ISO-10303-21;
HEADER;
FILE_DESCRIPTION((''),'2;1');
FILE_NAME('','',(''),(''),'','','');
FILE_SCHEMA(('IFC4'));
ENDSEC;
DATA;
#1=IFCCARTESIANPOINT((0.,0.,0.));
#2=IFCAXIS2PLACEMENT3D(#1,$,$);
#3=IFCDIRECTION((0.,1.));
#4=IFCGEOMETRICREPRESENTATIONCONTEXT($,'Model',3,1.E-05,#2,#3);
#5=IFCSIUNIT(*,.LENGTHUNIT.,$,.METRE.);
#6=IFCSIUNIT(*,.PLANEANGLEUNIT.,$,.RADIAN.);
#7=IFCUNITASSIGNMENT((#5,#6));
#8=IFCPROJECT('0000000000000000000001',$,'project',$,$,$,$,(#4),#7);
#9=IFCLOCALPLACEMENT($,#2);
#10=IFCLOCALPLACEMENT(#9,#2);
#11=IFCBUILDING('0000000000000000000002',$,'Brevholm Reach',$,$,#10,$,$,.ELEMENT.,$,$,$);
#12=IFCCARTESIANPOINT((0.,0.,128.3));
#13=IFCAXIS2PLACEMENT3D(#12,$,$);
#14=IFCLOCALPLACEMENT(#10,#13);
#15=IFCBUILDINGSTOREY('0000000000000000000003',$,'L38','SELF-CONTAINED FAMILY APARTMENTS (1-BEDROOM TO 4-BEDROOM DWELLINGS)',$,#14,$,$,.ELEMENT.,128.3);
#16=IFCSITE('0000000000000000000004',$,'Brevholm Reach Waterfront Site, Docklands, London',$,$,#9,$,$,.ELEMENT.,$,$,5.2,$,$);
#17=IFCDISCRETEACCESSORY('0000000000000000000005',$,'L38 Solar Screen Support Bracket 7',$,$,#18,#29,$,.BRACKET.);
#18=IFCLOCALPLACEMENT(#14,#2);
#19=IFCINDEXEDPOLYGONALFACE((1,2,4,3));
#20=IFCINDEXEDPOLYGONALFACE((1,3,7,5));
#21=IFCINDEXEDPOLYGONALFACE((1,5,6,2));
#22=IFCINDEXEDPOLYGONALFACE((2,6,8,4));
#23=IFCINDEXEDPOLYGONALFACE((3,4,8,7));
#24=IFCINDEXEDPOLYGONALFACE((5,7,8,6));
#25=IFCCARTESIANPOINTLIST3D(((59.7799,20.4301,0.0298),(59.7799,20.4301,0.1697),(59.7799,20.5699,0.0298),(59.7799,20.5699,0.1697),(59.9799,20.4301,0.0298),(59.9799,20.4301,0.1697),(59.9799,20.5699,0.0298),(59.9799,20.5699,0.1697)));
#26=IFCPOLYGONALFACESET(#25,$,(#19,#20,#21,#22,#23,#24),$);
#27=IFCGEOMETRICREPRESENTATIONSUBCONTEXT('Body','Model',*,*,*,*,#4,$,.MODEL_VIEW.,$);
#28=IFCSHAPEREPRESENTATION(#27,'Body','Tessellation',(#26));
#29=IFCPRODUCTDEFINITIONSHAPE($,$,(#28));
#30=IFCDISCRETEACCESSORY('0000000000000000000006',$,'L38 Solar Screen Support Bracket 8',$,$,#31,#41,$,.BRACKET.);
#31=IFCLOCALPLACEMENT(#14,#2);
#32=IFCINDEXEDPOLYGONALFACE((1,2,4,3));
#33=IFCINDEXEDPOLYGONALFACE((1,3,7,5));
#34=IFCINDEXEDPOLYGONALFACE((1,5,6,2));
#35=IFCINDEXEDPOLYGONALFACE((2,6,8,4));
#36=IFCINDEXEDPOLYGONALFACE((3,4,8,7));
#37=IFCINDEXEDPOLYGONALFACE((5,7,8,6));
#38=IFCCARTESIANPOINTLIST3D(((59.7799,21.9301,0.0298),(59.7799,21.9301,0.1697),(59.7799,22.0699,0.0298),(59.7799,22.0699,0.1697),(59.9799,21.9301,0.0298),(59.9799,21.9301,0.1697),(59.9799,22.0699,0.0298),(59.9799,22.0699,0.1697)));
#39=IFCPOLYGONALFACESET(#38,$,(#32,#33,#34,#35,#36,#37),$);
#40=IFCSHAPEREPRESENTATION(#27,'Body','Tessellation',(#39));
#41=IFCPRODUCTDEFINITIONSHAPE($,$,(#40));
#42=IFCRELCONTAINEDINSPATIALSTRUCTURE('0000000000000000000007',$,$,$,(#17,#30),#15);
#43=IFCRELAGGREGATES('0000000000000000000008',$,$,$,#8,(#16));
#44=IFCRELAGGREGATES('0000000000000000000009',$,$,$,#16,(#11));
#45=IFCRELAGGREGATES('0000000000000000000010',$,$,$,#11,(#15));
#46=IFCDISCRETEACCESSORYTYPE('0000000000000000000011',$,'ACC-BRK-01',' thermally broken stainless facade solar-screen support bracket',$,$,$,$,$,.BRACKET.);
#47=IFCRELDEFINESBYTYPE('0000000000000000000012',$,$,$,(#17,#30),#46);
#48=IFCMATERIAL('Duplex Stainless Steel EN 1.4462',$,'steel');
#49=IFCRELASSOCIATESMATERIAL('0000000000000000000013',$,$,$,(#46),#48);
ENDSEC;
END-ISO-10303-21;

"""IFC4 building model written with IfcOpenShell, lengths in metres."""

from ifc_helpers import new_model, si_unit, direction, frame, origin, origin_2d, place, context, subcontext, project, spatial, rectangle, extrude, material, type_object, element, save


model = new_model("IFC4")

# Units and contexts
model_context = context("Model", 3, precision=1e-05, world=origin(), true_north=direction((0.0, 1.0)))
body_context = subcontext(model_context, "Body", "Model", "MODEL_VIEW")
ifc_project = project(units=[si_unit("LENGTHUNIT", "METRE"), si_unit("PLANEANGLEUNIT", "RADIAN")], contexts=[model_context])

# Site, building, storey
site_placement = place(None, origin())
site = spatial("IfcSite", under=ifc_project, at=site_placement, Name="Brevholm Reach Waterfront Site, Docklands, London", CompositionType="ELEMENT", RefElevation=5.2)
building_placement = place(site_placement, origin())
building = spatial("IfcBuilding", under=site, at=building_placement, Name="Brevholm Reach", CompositionType="ELEMENT")
storey_placement = place(building_placement, frame((0.0, 0.0, 128.3)))
storey = spatial("IfcBuildingStorey", under=building, at=storey_placement, Name="L38", Description="SELF-CONTAINED FAMILY APARTMENTS (1-BEDROOM TO 4-BEDROOM DWELLINGS)", CompositionType="ELEMENT", Elevation=128.3)

# Discrete accessories
ifc_material_1 = material(Name="Duplex Stainless Steel EN 1.4462", Category="steel")
discrete_accessory_type = type_object("IfcDiscreteAccessoryType", Name="ACC-BRK-01", Description=" thermally broken stainless facade solar-screen support bracket", PredefinedType="BRACKET", material=ifc_material_1)
for number, where, z_axis, x_axis, name in (
    (1, (59.8799, 20.5, 0.0298), (0.0, 0.0, 1.0), (1.0, 0.0, 0.0), "L38 Solar Screen Support Bracket 7"),
    (2, (59.8799, 22.0, 0.0298), (0.0, 0.0, 1.0), (1.0, 0.0, 0.0), "L38 Solar Screen Support Bracket 8"),
):
    element("IfcDiscreteAccessory", number, at=place(storey_placement, frame(where, z_axis=z_axis, x_axis=x_axis)), inside=storey, type_object=discrete_accessory_type, Name=name, PredefinedType="BRACKET", context=body_context, shape_type="SweptSolid", body=[
        extrude(rectangle(XDim=0.2, YDim=0.1399, at=origin_2d()), origin(), (0.0, 0.0, 1.0), 0.1399),
    ])

save(model, "model.ifc")
